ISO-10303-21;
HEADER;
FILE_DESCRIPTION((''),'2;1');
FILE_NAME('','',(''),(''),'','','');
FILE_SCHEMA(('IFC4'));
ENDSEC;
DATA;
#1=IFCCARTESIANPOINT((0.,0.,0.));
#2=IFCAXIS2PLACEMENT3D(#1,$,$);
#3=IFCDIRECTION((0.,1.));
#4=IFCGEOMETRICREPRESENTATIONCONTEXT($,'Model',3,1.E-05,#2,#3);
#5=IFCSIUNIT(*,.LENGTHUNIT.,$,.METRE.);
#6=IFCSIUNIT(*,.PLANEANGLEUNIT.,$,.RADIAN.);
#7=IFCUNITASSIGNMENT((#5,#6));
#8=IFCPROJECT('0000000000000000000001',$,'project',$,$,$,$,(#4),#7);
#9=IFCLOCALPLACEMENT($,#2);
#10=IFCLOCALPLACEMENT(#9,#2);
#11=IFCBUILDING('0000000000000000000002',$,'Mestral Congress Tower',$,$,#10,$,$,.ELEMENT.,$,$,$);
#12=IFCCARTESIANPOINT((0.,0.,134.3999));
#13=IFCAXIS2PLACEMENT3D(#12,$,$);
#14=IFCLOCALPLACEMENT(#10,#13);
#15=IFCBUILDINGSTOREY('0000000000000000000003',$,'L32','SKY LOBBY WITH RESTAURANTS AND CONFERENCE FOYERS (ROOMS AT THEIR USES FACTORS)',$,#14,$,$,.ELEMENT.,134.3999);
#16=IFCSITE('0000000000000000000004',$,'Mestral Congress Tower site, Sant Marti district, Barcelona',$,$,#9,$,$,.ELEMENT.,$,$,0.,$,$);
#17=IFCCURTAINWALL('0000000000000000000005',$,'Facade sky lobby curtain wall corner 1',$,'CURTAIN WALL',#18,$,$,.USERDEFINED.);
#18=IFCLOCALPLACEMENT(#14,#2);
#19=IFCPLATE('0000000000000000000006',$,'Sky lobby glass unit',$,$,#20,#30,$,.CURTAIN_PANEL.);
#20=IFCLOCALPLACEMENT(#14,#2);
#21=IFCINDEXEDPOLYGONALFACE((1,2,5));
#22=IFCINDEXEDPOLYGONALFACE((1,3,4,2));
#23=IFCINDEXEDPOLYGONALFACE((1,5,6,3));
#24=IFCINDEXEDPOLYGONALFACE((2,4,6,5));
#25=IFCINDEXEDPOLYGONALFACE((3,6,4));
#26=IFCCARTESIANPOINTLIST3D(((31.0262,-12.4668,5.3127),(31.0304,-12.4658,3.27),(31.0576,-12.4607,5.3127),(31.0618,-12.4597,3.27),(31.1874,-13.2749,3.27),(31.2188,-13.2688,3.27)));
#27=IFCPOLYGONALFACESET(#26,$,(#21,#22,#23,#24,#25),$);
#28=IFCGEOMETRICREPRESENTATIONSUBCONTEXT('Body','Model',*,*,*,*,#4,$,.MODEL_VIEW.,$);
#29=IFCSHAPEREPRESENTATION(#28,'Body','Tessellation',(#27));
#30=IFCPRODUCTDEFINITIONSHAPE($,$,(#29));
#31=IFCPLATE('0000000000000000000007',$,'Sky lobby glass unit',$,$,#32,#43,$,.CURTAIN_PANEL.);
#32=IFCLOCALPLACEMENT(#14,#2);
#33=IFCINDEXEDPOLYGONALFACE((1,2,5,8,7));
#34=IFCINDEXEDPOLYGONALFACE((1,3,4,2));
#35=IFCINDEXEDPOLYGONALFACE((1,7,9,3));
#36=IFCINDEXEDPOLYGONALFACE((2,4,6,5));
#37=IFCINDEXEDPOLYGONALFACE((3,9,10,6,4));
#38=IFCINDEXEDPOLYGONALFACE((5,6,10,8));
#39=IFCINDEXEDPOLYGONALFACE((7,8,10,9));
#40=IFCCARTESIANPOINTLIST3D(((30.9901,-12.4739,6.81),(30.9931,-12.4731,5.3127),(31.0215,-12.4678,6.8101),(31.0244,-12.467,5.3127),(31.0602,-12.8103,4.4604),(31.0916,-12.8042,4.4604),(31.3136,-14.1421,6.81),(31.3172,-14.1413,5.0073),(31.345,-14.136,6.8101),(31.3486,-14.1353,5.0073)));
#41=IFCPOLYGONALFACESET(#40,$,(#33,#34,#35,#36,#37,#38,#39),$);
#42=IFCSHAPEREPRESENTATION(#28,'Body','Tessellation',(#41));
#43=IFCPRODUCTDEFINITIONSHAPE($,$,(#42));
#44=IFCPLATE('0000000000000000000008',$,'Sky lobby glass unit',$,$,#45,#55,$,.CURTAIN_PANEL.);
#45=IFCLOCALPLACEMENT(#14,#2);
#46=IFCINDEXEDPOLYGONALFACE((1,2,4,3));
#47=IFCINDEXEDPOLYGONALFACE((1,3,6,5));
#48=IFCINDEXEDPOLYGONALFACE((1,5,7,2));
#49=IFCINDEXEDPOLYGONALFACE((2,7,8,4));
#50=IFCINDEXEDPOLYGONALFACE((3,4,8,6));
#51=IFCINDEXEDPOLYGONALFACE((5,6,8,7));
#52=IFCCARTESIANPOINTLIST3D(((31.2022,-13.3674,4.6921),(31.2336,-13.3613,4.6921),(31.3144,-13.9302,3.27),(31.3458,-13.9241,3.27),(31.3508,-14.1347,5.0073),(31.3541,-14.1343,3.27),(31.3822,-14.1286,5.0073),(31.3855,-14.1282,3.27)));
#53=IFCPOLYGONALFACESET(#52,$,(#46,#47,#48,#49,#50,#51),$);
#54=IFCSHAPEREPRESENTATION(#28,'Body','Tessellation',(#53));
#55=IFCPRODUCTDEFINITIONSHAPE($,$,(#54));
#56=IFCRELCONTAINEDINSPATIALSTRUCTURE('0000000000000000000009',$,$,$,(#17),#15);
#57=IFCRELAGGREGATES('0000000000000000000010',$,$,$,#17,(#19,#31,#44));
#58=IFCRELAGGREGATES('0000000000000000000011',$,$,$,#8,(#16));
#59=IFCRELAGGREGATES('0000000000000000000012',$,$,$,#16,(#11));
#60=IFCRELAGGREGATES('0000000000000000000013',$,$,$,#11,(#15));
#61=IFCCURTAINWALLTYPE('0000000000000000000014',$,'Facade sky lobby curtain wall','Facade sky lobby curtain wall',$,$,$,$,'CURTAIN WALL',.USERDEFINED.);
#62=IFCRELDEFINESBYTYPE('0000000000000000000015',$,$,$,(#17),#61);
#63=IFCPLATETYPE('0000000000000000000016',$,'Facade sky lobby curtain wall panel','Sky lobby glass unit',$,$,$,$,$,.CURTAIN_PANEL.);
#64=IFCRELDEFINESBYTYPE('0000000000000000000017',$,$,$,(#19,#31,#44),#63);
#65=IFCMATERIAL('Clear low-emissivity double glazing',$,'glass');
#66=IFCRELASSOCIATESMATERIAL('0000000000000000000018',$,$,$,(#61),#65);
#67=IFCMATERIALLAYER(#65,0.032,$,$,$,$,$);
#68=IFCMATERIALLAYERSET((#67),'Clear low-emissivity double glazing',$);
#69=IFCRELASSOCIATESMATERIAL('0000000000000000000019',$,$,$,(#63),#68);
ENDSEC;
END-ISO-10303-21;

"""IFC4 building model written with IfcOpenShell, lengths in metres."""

from ifc_helpers import new_model, si_unit, direction, frame, origin, place, context, subcontext, project, spatial, polyline, outline, extrude, material, layer, layer_set, type_object, element, aggregate, save


model = new_model("IFC4")

# Units and contexts
model_context = context("Model", 3, precision=1e-05, world=origin(), true_north=direction((0.0, 1.0)))
body_context = subcontext(model_context, "Body", "Model", "MODEL_VIEW")
ifc_project = project(units=[si_unit("LENGTHUNIT", "METRE"), si_unit("PLANEANGLEUNIT", "RADIAN")], contexts=[model_context])

# Site, building, storey
site_placement = place(None, origin())
site = spatial("IfcSite", under=ifc_project, at=site_placement, Name="Mestral Congress Tower site, Sant Marti district, Barcelona", CompositionType="ELEMENT", RefElevation=0.0)
building_placement = place(site_placement, origin())
building = spatial("IfcBuilding", under=site, at=building_placement, Name="Mestral Congress Tower", CompositionType="ELEMENT")
storey_placement = place(building_placement, frame((0.0, 0.0, 134.3999)))
storey = spatial("IfcBuildingStorey", under=building, at=storey_placement, Name="L32", Description="SKY LOBBY WITH RESTAURANTS AND CONFERENCE FOYERS (ROOMS AT THEIR USES FACTORS)", CompositionType="ELEMENT", Elevation=134.3999)

# Curtain wall
ifc_material_1 = material(Name="Clear low-emissivity double glazing", Category="glass")
curtain_wall_type = type_object("IfcCurtainWallType", Name="Facade sky lobby curtain wall", Description="Facade sky lobby curtain wall", ElementType="CURTAIN WALL", PredefinedType="USERDEFINED", material=ifc_material_1)
placement = place(storey_placement, origin())
curtain_wall_1 = element("IfcCurtainWall", 1, at=placement, inside=storey, type_object=curtain_wall_type, Name="Facade sky lobby curtain wall corner 1", ObjectType="CURTAIN WALL", PredefinedType="USERDEFINED")

# Plates
ifc_layer_1 = layer(ifc_material_1, 0.032)
ifc_layer_set_1 = layer_set([ifc_layer_1], Name="Clear low-emissivity double glazing")
plate_type_1 = type_object("IfcPlateType", Name="Facade sky lobby curtain wall panel", Description="Sky lobby glass unit", PredefinedType="CURTAIN_PANEL", material=ifc_layer_set_1)
plate_1_placement = place(storey_placement, frame((31.0618, -12.4597, 3.27), z_axis=(0.98169, 0.190473, 0.002086), x_axis=(0.190473, -0.981692, 0.0)))
plate_1 = element("IfcPlate", 2, at=plate_1_placement, type_object=plate_type_1, Name="Sky lobby glass unit", PredefinedType="CURTAIN_PANEL", context=body_context, shape_type="SweptSolid", body=[
    extrude(outline(polyline([(0.0, 0.0), (0.8242, 0.0), (0.0002, -2.0427), (0.0, 0.0)])), origin(), (0.0, 0.0, -1.0), 0.032),
])
plate_2_placement = place(storey_placement, frame((31.0215, -12.4678, 6.8101), z_axis=(0.981705, 0.190399, 0.002037), x_axis=(0.001979, 0.000494, -0.999998)))
plate_2 = element("IfcPlate", 3, at=plate_2_placement, type_object=plate_type_1, Name="Sky lobby glass unit", PredefinedType="CURTAIN_PANEL", context=body_context, shape_type="SweptSolid", body=[
    extrude(outline(polyline([(0.0, 0.0), (1.4973, 0.0), (2.3496, -0.3439), (1.8026, -1.6995), (-0.0002, -1.6993), (0.0, 0.0)])), origin(), (0.0, 0.0, -1.0), 0.032),
])
plate_3_placement = place(storey_placement, frame((31.3855, -14.1282, 3.27), z_axis=(0.981621, 0.190829, 0.001919), x_axis=(-0.001902, -0.000268, 0.999998)))
plate_3 = element("IfcPlate", 4, at=plate_3_placement, type_object=plate_type_1, Name="Sky lobby glass unit", PredefinedType="CURTAIN_PANEL", context=body_context, shape_type="SweptSolid", body=[
    extrude(outline(polyline([(0.0, 0.0), (1.7373, 0.0), (1.4222, -0.7816), (0.0, -0.2079), (0.0, 0.0)])), origin(), (0.0, 0.0, -1.0), 0.032),
])
aggregate(curtain_wall_1, [plate_1, plate_2, plate_3])

save(model, "model.ifc")
